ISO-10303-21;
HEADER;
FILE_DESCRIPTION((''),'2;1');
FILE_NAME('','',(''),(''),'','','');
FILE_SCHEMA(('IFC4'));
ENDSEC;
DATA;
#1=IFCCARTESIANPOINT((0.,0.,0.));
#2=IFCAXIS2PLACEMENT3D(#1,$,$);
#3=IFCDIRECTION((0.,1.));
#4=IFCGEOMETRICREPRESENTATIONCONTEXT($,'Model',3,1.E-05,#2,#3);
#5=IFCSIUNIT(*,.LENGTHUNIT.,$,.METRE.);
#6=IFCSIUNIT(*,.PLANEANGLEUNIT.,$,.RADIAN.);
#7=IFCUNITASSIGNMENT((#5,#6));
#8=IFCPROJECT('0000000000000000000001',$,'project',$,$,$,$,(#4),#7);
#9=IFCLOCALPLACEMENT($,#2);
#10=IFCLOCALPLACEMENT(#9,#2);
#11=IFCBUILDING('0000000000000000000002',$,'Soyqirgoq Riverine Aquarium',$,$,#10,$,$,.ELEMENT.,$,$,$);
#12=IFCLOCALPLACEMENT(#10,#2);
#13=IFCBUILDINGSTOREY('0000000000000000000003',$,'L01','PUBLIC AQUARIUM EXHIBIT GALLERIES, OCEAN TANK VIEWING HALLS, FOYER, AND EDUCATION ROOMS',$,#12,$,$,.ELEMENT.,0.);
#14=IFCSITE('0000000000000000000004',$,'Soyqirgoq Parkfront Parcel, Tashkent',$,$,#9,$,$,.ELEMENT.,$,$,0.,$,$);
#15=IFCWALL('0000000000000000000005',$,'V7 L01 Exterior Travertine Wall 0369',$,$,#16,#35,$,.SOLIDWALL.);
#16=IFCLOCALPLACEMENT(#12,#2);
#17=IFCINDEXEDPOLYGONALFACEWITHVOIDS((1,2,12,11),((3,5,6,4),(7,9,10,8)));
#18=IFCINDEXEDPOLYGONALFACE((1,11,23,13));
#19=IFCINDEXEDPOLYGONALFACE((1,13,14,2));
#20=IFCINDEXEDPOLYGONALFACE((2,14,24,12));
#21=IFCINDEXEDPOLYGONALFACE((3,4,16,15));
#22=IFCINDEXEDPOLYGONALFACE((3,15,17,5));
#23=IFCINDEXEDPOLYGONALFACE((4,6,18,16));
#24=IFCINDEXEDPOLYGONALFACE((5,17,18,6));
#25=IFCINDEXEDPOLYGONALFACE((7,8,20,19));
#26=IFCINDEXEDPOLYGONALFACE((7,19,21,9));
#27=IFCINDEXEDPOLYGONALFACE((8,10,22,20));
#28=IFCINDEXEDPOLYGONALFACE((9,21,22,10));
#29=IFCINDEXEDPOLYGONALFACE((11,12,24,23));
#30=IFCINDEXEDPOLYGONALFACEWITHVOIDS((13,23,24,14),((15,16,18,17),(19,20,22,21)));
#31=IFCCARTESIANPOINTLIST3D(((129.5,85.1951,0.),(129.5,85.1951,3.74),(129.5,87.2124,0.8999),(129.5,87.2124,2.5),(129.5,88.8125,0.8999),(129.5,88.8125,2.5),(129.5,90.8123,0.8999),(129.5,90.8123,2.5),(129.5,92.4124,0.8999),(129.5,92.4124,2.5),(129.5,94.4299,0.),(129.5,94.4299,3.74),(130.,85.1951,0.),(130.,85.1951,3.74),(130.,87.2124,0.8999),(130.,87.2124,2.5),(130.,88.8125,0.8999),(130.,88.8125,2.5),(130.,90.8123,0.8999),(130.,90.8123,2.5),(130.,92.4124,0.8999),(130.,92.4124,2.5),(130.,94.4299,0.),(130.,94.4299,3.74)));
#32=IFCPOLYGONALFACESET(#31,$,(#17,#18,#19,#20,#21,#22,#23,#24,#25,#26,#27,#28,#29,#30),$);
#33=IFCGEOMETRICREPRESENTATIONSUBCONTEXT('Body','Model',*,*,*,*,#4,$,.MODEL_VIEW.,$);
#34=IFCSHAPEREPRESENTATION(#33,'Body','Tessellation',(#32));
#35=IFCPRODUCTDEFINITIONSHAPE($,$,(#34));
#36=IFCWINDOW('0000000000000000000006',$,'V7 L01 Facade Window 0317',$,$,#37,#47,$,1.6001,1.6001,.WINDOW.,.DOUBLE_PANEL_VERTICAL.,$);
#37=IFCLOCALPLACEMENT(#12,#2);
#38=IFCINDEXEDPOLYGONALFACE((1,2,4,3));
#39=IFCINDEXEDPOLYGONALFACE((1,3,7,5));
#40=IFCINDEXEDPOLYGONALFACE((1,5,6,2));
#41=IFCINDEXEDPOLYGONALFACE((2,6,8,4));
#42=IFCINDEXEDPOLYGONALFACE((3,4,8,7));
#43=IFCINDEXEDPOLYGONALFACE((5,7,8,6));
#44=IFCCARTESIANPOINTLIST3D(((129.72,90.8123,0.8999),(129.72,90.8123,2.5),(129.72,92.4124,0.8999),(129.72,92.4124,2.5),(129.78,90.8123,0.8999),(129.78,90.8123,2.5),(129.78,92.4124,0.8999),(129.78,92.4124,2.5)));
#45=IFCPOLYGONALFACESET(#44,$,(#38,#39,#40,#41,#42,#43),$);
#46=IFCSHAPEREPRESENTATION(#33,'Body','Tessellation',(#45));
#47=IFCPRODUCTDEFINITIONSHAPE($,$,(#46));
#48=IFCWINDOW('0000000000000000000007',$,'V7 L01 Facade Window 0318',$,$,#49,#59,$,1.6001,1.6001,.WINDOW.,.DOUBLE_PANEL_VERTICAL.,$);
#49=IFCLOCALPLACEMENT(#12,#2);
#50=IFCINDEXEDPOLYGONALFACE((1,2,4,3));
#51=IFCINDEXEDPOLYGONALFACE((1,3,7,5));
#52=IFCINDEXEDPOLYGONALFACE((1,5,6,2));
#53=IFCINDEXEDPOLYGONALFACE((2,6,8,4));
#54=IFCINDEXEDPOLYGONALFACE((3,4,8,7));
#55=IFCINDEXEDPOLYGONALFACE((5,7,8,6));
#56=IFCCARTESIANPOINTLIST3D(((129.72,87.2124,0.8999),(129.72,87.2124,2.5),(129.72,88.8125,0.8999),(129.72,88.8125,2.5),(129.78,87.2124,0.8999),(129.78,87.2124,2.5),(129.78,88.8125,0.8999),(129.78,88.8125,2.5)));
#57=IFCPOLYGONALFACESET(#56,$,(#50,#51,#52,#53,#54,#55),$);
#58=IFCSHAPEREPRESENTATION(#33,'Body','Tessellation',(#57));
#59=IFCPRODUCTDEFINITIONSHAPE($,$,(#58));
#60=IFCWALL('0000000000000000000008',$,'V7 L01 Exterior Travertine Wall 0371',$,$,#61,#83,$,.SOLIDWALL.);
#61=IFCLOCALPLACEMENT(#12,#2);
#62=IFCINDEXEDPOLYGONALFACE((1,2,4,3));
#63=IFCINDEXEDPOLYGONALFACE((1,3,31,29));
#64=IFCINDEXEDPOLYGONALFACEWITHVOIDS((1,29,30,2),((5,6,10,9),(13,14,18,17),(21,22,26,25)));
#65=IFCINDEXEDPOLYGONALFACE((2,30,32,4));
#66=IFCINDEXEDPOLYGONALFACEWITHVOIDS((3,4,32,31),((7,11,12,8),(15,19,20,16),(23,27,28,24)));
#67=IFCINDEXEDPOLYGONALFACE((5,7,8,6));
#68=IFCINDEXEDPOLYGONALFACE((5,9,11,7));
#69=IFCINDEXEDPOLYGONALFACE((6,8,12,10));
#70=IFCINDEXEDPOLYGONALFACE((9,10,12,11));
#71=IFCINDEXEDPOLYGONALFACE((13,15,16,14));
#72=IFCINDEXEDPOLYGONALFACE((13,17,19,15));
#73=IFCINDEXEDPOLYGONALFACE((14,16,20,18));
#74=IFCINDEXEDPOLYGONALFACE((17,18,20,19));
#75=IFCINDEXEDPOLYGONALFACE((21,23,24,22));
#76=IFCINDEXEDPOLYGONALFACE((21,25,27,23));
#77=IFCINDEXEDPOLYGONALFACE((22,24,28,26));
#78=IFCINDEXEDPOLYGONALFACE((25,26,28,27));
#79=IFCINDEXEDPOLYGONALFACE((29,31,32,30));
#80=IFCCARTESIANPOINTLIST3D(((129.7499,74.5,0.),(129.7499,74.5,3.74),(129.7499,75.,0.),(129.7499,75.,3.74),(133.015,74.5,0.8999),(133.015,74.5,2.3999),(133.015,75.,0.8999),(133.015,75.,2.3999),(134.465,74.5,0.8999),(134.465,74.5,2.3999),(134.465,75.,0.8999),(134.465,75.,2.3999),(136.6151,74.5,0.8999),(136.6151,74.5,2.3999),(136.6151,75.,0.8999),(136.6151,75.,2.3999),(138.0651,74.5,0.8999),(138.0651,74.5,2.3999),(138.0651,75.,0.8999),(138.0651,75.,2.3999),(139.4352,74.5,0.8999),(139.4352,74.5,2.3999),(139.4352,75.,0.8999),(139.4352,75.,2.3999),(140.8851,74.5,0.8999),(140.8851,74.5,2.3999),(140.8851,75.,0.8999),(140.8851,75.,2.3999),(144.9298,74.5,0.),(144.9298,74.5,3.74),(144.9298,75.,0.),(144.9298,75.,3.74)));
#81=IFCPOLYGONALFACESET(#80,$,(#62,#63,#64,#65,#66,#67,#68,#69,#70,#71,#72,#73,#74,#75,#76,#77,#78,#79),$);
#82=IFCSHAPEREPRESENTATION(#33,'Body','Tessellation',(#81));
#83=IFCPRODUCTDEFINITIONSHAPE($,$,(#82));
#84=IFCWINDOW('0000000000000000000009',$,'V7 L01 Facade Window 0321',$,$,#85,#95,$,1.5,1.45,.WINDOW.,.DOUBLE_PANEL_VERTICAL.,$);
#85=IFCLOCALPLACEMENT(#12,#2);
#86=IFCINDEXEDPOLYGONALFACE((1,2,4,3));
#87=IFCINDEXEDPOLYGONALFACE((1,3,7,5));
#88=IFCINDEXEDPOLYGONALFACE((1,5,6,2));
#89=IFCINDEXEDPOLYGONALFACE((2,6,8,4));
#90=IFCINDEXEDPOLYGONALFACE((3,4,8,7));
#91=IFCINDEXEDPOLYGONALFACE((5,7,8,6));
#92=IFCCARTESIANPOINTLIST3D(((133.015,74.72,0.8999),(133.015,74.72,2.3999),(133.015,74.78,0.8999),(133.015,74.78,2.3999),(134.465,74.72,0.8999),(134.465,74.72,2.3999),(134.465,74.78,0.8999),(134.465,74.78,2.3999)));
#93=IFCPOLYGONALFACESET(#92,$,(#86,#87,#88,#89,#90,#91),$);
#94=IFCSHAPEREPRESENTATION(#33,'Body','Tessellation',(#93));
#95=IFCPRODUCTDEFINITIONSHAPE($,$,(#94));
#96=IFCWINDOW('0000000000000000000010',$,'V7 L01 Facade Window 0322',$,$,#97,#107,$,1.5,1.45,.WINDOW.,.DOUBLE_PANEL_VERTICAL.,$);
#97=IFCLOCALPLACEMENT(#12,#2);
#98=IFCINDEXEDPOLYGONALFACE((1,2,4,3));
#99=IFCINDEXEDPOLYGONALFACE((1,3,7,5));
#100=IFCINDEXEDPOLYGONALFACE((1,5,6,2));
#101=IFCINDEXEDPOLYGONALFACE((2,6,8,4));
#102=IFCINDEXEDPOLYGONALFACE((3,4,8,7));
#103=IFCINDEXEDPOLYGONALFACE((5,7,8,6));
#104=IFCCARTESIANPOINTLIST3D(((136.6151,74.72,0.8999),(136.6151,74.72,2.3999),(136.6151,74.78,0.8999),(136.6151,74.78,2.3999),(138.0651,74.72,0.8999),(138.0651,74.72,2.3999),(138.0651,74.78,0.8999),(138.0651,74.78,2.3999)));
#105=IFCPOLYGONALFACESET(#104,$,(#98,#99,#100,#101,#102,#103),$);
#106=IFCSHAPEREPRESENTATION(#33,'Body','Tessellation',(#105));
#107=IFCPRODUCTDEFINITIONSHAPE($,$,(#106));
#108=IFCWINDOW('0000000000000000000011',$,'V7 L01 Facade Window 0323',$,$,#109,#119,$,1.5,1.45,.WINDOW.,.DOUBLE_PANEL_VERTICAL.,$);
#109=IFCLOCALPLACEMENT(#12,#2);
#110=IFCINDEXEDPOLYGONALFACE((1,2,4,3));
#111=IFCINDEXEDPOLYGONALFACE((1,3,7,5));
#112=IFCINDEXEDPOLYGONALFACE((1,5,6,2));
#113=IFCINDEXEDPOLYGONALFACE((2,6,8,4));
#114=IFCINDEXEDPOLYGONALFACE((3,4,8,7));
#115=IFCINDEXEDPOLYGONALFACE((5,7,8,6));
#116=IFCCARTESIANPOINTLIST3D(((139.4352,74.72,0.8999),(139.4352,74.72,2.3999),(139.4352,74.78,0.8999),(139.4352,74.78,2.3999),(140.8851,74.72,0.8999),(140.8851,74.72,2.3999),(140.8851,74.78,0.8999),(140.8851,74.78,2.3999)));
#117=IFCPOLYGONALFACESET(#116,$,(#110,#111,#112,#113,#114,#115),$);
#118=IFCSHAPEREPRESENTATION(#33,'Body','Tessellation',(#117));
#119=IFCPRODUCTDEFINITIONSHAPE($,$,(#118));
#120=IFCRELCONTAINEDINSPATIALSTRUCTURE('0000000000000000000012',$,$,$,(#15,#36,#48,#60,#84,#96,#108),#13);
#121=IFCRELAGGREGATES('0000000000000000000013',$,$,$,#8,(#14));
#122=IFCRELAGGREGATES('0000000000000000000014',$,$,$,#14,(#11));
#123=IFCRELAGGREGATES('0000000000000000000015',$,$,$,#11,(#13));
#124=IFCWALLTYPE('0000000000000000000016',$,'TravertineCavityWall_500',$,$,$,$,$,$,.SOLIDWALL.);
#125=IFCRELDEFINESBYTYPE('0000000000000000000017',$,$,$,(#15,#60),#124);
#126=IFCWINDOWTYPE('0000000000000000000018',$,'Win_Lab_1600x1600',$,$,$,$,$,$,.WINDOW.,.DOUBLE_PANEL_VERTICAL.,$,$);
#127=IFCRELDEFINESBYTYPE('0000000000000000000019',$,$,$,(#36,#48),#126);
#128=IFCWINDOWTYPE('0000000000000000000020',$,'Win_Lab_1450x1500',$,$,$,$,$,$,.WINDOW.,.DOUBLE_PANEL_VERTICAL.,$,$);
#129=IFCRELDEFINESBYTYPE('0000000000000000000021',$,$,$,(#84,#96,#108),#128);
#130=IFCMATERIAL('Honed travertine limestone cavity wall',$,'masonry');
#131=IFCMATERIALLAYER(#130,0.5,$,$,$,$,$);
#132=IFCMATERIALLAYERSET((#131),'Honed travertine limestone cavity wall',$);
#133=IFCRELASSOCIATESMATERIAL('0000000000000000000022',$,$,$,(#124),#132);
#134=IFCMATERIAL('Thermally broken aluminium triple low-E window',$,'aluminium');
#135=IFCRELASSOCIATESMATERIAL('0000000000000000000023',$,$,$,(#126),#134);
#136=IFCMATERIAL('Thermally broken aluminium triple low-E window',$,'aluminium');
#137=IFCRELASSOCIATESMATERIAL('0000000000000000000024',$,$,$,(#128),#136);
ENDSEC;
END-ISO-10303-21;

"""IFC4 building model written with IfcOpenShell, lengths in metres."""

from ifc_helpers import new_model, si_unit, direction, frame, frame_2d, origin, place, context, subcontext, project, spatial, rectangle, extrude, material, layer, layer_set, type_object, element, fill, save


model = new_model("IFC4")

# Units and contexts
model_context = context("Model", 3, precision=1e-05, world=origin(), true_north=direction((0.0, 1.0)))
body_context = subcontext(model_context, "Body", "Model", "MODEL_VIEW")
ifc_project = project(units=[si_unit("LENGTHUNIT", "METRE"), si_unit("PLANEANGLEUNIT", "RADIAN")], contexts=[model_context])

# Site, building, storey
site_placement = place(None, origin())
site = spatial("IfcSite", under=ifc_project, at=site_placement, Name="Soyqirgoq Parkfront Parcel, Tashkent", CompositionType="ELEMENT", RefElevation=0.0)
building_placement = place(site_placement, origin())
building = spatial("IfcBuilding", under=site, at=building_placement, Name="Soyqirgoq Riverine Aquarium", CompositionType="ELEMENT")
storey_placement = place(building_placement, origin())
storey = spatial("IfcBuildingStorey", under=building, at=storey_placement, Name="L01", Description="PUBLIC AQUARIUM EXHIBIT GALLERIES, OCEAN TANK VIEWING HALLS, FOYER, AND EDUCATION ROOMS", CompositionType="ELEMENT", Elevation=0.0)

# Walls, openings, windows
ifc_material_1 = material(Name="Honed travertine limestone cavity wall", Category="masonry")
ifc_layer_1 = layer(ifc_material_1, 0.5)
ifc_layer_set_1 = layer_set([ifc_layer_1], Name="Honed travertine limestone cavity wall")
wall_type_1 = type_object("IfcWallType", Name="TravertineCavityWall_500", PredefinedType="SOLIDWALL", material=ifc_layer_set_1)
wall_1_placement = place(storey_placement, frame((129.75, 94.4299, 0.0), z_axis=(0.0, 0.0, 1.0), x_axis=(0.0, -1.0, 0.0)))
wall_1 = element("IfcWall", 1, at=wall_1_placement, inside=storey, type_object=wall_type_1, Name="V7 L01 Exterior Travertine Wall 0369", PredefinedType="SOLIDWALL", context=body_context, shape_type="SweptSolid", body=[
    extrude(rectangle(XDim=9.2349, YDim=0.5, at=frame_2d((4.6174, 0.0))), origin(), (0.0, 0.0, 1.0), 3.74),
])
opening_1_placement = place(wall_1_placement, frame((2.0176, 0.0, 0.8999)))
opening_1 = element("IfcOpeningElement", 2, at=opening_1_placement, cuts=wall_1, PredefinedType="OPENING", context=body_context, shape_type="SweptSolid", body=[
    extrude(rectangle(XDim=1.6001, YDim=1.6001, at=frame_2d((0.8, 0.8))), frame((0.0, 0.26, 0.0), z_axis=(0.0, -1.0, 0.0), x_axis=(1.0, 0.0, 0.0)), (0.0, 0.0, 1.0), 0.52),
])
opening_2_placement = place(wall_1_placement, frame((5.6174, 0.0, 0.8999)))
opening_2 = element("IfcOpeningElement", 3, at=opening_2_placement, cuts=wall_1, PredefinedType="OPENING", context=body_context, shape_type="SweptSolid", body=[
    extrude(rectangle(XDim=1.6001, YDim=1.6001, at=frame_2d((0.8, 0.8))), frame((0.0, 0.26, 0.0), z_axis=(0.0, -1.0, 0.0), x_axis=(1.0, 0.0, 0.0)), (0.0, 0.0, 1.0), 0.52),
])
ifc_material_2 = material(Name="Thermally broken aluminium triple low-E window", Category="aluminium")
window_type_1 = type_object("IfcWindowType", Name="Win_Lab_1600x1600", PartitioningType="DOUBLE_PANEL_VERTICAL", PredefinedType="WINDOW", material=ifc_material_2)
window_1_placement = place(opening_1_placement, origin())
window_1 = element("IfcWindow", 4, at=window_1_placement, inside=storey, type_object=window_type_1, Name="V7 L01 Facade Window 0317", OverallHeight=1.6001, OverallWidth=1.6001, PartitioningType="DOUBLE_PANEL_VERTICAL", PredefinedType="WINDOW", context=body_context, shape_type="SweptSolid", body=[
    extrude(rectangle(XDim=1.6001, YDim=1.6001, at=frame_2d((0.8, 0.8))), frame((0.0, 0.03, 0.0), z_axis=(0.0, -1.0, 0.0), x_axis=(1.0, 0.0, 0.0)), (0.0, 0.0, 1.0), 0.0601),
])
fill(opening_1, window_1)
window_2_placement = place(opening_2_placement, origin())
window_2 = element("IfcWindow", 5, at=window_2_placement, inside=storey, type_object=window_type_1, Name="V7 L01 Facade Window 0318", OverallHeight=1.6001, OverallWidth=1.6001, PartitioningType="DOUBLE_PANEL_VERTICAL", PredefinedType="WINDOW", context=body_context, shape_type="SweptSolid", body=[
    extrude(rectangle(XDim=1.6001, YDim=1.6001, at=frame_2d((0.8, 0.8))), frame((0.0, 0.03, 0.0), z_axis=(0.0, -1.0, 0.0), x_axis=(1.0, 0.0, 0.0)), (0.0, 0.0, 1.0), 0.0601),
])
fill(opening_2, window_2)
wall_2_placement = place(storey_placement, frame((129.75, 74.75, 0.0), z_axis=(0.0, 0.0, 1.0), x_axis=(1.0, 0.0, 0.0)))
wall_2 = element("IfcWall", 6, at=wall_2_placement, inside=storey, type_object=wall_type_1, Name="V7 L01 Exterior Travertine Wall 0371", PredefinedType="SOLIDWALL", context=body_context, shape_type="SweptSolid", body=[
    extrude(rectangle(XDim=15.1799, YDim=0.5, at=frame_2d((7.5898, 0.0))), origin(), (0.0, 0.0, 1.0), 3.74),
])
opening_3_placement = place(wall_2_placement, frame((3.2649, 0.0, 0.8999)))
opening_3 = element("IfcOpeningElement", 7, at=opening_3_placement, cuts=wall_2, PredefinedType="OPENING", context=body_context, shape_type="SweptSolid", body=[
    extrude(rectangle(XDim=1.45, YDim=1.5, at=frame_2d((0.7251, 0.75))), frame((0.0, 0.26, 0.0), z_axis=(0.0, -1.0, 0.0), x_axis=(1.0, 0.0, 0.0)), (0.0, 0.0, 1.0), 0.52),
])
opening_4_placement = place(wall_2_placement, frame((6.865, 0.0, 0.8999)))
opening_4 = element("IfcOpeningElement", 8, at=opening_4_placement, cuts=wall_2, PredefinedType="OPENING", context=body_context, shape_type="SweptSolid", body=[
    extrude(rectangle(XDim=1.45, YDim=1.5, at=frame_2d((0.7251, 0.75))), frame((0.0, 0.26, 0.0), z_axis=(0.0, -1.0, 0.0), x_axis=(1.0, 0.0, 0.0)), (0.0, 0.0, 1.0), 0.52),
])
opening_5_placement = place(wall_2_placement, frame((9.6851, 0.0, 0.8999)))
opening_5 = element("IfcOpeningElement", 9, at=opening_5_placement, cuts=wall_2, PredefinedType="OPENING", context=body_context, shape_type="SweptSolid", body=[
    extrude(rectangle(XDim=1.45, YDim=1.5, at=frame_2d((0.7251, 0.75))), frame((0.0, 0.26, 0.0), z_axis=(0.0, -1.0, 0.0), x_axis=(1.0, 0.0, 0.0)), (0.0, 0.0, 1.0), 0.52),
])
ifc_material_3 = material(Name="Thermally broken aluminium triple low-E window", Category="aluminium")
window_type_2 = type_object("IfcWindowType", Name="Win_Lab_1450x1500", PartitioningType="DOUBLE_PANEL_VERTICAL", PredefinedType="WINDOW", material=ifc_material_3)
window_3_placement = place(opening_3_placement, origin())
window_3 = element("IfcWindow", 10, at=window_3_placement, inside=storey, type_object=window_type_2, Name="V7 L01 Facade Window 0321", OverallHeight=1.5, OverallWidth=1.45, PartitioningType="DOUBLE_PANEL_VERTICAL", PredefinedType="WINDOW", context=body_context, shape_type="SweptSolid", body=[
    extrude(rectangle(XDim=1.45, YDim=1.5, at=frame_2d((0.7251, 0.75))), frame((0.0, 0.03, 0.0), z_axis=(0.0, -1.0, 0.0), x_axis=(1.0, 0.0, 0.0)), (0.0, 0.0, 1.0), 0.0601),
])
fill(opening_3, window_3)
window_4_placement = place(opening_4_placement, origin())
window_4 = element("IfcWindow", 11, at=window_4_placement, inside=storey, type_object=window_type_2, Name="V7 L01 Facade Window 0322", OverallHeight=1.5, OverallWidth=1.45, PartitioningType="DOUBLE_PANEL_VERTICAL", PredefinedType="WINDOW", context=body_context, shape_type="SweptSolid", body=[
    extrude(rectangle(XDim=1.45, YDim=1.5, at=frame_2d((0.7251, 0.75))), frame((0.0, 0.03, 0.0), z_axis=(0.0, -1.0, 0.0), x_axis=(1.0, 0.0, 0.0)), (0.0, 0.0, 1.0), 0.0601),
])
fill(opening_4, window_4)
window_5_placement = place(opening_5_placement, origin())
window_5 = element("IfcWindow", 12, at=window_5_placement, inside=storey, type_object=window_type_2, Name="V7 L01 Facade Window 0323", OverallHeight=1.5, OverallWidth=1.45, PartitioningType="DOUBLE_PANEL_VERTICAL", PredefinedType="WINDOW", context=body_context, shape_type="SweptSolid", body=[
    extrude(rectangle(XDim=1.45, YDim=1.5, at=frame_2d((0.7251, 0.75))), frame((0.0, 0.03, 0.0), z_axis=(0.0, -1.0, 0.0), x_axis=(1.0, 0.0, 0.0)), (0.0, 0.0, 1.0), 0.0601),
])
fill(opening_5, window_5)

save(model, "model.ifc")
